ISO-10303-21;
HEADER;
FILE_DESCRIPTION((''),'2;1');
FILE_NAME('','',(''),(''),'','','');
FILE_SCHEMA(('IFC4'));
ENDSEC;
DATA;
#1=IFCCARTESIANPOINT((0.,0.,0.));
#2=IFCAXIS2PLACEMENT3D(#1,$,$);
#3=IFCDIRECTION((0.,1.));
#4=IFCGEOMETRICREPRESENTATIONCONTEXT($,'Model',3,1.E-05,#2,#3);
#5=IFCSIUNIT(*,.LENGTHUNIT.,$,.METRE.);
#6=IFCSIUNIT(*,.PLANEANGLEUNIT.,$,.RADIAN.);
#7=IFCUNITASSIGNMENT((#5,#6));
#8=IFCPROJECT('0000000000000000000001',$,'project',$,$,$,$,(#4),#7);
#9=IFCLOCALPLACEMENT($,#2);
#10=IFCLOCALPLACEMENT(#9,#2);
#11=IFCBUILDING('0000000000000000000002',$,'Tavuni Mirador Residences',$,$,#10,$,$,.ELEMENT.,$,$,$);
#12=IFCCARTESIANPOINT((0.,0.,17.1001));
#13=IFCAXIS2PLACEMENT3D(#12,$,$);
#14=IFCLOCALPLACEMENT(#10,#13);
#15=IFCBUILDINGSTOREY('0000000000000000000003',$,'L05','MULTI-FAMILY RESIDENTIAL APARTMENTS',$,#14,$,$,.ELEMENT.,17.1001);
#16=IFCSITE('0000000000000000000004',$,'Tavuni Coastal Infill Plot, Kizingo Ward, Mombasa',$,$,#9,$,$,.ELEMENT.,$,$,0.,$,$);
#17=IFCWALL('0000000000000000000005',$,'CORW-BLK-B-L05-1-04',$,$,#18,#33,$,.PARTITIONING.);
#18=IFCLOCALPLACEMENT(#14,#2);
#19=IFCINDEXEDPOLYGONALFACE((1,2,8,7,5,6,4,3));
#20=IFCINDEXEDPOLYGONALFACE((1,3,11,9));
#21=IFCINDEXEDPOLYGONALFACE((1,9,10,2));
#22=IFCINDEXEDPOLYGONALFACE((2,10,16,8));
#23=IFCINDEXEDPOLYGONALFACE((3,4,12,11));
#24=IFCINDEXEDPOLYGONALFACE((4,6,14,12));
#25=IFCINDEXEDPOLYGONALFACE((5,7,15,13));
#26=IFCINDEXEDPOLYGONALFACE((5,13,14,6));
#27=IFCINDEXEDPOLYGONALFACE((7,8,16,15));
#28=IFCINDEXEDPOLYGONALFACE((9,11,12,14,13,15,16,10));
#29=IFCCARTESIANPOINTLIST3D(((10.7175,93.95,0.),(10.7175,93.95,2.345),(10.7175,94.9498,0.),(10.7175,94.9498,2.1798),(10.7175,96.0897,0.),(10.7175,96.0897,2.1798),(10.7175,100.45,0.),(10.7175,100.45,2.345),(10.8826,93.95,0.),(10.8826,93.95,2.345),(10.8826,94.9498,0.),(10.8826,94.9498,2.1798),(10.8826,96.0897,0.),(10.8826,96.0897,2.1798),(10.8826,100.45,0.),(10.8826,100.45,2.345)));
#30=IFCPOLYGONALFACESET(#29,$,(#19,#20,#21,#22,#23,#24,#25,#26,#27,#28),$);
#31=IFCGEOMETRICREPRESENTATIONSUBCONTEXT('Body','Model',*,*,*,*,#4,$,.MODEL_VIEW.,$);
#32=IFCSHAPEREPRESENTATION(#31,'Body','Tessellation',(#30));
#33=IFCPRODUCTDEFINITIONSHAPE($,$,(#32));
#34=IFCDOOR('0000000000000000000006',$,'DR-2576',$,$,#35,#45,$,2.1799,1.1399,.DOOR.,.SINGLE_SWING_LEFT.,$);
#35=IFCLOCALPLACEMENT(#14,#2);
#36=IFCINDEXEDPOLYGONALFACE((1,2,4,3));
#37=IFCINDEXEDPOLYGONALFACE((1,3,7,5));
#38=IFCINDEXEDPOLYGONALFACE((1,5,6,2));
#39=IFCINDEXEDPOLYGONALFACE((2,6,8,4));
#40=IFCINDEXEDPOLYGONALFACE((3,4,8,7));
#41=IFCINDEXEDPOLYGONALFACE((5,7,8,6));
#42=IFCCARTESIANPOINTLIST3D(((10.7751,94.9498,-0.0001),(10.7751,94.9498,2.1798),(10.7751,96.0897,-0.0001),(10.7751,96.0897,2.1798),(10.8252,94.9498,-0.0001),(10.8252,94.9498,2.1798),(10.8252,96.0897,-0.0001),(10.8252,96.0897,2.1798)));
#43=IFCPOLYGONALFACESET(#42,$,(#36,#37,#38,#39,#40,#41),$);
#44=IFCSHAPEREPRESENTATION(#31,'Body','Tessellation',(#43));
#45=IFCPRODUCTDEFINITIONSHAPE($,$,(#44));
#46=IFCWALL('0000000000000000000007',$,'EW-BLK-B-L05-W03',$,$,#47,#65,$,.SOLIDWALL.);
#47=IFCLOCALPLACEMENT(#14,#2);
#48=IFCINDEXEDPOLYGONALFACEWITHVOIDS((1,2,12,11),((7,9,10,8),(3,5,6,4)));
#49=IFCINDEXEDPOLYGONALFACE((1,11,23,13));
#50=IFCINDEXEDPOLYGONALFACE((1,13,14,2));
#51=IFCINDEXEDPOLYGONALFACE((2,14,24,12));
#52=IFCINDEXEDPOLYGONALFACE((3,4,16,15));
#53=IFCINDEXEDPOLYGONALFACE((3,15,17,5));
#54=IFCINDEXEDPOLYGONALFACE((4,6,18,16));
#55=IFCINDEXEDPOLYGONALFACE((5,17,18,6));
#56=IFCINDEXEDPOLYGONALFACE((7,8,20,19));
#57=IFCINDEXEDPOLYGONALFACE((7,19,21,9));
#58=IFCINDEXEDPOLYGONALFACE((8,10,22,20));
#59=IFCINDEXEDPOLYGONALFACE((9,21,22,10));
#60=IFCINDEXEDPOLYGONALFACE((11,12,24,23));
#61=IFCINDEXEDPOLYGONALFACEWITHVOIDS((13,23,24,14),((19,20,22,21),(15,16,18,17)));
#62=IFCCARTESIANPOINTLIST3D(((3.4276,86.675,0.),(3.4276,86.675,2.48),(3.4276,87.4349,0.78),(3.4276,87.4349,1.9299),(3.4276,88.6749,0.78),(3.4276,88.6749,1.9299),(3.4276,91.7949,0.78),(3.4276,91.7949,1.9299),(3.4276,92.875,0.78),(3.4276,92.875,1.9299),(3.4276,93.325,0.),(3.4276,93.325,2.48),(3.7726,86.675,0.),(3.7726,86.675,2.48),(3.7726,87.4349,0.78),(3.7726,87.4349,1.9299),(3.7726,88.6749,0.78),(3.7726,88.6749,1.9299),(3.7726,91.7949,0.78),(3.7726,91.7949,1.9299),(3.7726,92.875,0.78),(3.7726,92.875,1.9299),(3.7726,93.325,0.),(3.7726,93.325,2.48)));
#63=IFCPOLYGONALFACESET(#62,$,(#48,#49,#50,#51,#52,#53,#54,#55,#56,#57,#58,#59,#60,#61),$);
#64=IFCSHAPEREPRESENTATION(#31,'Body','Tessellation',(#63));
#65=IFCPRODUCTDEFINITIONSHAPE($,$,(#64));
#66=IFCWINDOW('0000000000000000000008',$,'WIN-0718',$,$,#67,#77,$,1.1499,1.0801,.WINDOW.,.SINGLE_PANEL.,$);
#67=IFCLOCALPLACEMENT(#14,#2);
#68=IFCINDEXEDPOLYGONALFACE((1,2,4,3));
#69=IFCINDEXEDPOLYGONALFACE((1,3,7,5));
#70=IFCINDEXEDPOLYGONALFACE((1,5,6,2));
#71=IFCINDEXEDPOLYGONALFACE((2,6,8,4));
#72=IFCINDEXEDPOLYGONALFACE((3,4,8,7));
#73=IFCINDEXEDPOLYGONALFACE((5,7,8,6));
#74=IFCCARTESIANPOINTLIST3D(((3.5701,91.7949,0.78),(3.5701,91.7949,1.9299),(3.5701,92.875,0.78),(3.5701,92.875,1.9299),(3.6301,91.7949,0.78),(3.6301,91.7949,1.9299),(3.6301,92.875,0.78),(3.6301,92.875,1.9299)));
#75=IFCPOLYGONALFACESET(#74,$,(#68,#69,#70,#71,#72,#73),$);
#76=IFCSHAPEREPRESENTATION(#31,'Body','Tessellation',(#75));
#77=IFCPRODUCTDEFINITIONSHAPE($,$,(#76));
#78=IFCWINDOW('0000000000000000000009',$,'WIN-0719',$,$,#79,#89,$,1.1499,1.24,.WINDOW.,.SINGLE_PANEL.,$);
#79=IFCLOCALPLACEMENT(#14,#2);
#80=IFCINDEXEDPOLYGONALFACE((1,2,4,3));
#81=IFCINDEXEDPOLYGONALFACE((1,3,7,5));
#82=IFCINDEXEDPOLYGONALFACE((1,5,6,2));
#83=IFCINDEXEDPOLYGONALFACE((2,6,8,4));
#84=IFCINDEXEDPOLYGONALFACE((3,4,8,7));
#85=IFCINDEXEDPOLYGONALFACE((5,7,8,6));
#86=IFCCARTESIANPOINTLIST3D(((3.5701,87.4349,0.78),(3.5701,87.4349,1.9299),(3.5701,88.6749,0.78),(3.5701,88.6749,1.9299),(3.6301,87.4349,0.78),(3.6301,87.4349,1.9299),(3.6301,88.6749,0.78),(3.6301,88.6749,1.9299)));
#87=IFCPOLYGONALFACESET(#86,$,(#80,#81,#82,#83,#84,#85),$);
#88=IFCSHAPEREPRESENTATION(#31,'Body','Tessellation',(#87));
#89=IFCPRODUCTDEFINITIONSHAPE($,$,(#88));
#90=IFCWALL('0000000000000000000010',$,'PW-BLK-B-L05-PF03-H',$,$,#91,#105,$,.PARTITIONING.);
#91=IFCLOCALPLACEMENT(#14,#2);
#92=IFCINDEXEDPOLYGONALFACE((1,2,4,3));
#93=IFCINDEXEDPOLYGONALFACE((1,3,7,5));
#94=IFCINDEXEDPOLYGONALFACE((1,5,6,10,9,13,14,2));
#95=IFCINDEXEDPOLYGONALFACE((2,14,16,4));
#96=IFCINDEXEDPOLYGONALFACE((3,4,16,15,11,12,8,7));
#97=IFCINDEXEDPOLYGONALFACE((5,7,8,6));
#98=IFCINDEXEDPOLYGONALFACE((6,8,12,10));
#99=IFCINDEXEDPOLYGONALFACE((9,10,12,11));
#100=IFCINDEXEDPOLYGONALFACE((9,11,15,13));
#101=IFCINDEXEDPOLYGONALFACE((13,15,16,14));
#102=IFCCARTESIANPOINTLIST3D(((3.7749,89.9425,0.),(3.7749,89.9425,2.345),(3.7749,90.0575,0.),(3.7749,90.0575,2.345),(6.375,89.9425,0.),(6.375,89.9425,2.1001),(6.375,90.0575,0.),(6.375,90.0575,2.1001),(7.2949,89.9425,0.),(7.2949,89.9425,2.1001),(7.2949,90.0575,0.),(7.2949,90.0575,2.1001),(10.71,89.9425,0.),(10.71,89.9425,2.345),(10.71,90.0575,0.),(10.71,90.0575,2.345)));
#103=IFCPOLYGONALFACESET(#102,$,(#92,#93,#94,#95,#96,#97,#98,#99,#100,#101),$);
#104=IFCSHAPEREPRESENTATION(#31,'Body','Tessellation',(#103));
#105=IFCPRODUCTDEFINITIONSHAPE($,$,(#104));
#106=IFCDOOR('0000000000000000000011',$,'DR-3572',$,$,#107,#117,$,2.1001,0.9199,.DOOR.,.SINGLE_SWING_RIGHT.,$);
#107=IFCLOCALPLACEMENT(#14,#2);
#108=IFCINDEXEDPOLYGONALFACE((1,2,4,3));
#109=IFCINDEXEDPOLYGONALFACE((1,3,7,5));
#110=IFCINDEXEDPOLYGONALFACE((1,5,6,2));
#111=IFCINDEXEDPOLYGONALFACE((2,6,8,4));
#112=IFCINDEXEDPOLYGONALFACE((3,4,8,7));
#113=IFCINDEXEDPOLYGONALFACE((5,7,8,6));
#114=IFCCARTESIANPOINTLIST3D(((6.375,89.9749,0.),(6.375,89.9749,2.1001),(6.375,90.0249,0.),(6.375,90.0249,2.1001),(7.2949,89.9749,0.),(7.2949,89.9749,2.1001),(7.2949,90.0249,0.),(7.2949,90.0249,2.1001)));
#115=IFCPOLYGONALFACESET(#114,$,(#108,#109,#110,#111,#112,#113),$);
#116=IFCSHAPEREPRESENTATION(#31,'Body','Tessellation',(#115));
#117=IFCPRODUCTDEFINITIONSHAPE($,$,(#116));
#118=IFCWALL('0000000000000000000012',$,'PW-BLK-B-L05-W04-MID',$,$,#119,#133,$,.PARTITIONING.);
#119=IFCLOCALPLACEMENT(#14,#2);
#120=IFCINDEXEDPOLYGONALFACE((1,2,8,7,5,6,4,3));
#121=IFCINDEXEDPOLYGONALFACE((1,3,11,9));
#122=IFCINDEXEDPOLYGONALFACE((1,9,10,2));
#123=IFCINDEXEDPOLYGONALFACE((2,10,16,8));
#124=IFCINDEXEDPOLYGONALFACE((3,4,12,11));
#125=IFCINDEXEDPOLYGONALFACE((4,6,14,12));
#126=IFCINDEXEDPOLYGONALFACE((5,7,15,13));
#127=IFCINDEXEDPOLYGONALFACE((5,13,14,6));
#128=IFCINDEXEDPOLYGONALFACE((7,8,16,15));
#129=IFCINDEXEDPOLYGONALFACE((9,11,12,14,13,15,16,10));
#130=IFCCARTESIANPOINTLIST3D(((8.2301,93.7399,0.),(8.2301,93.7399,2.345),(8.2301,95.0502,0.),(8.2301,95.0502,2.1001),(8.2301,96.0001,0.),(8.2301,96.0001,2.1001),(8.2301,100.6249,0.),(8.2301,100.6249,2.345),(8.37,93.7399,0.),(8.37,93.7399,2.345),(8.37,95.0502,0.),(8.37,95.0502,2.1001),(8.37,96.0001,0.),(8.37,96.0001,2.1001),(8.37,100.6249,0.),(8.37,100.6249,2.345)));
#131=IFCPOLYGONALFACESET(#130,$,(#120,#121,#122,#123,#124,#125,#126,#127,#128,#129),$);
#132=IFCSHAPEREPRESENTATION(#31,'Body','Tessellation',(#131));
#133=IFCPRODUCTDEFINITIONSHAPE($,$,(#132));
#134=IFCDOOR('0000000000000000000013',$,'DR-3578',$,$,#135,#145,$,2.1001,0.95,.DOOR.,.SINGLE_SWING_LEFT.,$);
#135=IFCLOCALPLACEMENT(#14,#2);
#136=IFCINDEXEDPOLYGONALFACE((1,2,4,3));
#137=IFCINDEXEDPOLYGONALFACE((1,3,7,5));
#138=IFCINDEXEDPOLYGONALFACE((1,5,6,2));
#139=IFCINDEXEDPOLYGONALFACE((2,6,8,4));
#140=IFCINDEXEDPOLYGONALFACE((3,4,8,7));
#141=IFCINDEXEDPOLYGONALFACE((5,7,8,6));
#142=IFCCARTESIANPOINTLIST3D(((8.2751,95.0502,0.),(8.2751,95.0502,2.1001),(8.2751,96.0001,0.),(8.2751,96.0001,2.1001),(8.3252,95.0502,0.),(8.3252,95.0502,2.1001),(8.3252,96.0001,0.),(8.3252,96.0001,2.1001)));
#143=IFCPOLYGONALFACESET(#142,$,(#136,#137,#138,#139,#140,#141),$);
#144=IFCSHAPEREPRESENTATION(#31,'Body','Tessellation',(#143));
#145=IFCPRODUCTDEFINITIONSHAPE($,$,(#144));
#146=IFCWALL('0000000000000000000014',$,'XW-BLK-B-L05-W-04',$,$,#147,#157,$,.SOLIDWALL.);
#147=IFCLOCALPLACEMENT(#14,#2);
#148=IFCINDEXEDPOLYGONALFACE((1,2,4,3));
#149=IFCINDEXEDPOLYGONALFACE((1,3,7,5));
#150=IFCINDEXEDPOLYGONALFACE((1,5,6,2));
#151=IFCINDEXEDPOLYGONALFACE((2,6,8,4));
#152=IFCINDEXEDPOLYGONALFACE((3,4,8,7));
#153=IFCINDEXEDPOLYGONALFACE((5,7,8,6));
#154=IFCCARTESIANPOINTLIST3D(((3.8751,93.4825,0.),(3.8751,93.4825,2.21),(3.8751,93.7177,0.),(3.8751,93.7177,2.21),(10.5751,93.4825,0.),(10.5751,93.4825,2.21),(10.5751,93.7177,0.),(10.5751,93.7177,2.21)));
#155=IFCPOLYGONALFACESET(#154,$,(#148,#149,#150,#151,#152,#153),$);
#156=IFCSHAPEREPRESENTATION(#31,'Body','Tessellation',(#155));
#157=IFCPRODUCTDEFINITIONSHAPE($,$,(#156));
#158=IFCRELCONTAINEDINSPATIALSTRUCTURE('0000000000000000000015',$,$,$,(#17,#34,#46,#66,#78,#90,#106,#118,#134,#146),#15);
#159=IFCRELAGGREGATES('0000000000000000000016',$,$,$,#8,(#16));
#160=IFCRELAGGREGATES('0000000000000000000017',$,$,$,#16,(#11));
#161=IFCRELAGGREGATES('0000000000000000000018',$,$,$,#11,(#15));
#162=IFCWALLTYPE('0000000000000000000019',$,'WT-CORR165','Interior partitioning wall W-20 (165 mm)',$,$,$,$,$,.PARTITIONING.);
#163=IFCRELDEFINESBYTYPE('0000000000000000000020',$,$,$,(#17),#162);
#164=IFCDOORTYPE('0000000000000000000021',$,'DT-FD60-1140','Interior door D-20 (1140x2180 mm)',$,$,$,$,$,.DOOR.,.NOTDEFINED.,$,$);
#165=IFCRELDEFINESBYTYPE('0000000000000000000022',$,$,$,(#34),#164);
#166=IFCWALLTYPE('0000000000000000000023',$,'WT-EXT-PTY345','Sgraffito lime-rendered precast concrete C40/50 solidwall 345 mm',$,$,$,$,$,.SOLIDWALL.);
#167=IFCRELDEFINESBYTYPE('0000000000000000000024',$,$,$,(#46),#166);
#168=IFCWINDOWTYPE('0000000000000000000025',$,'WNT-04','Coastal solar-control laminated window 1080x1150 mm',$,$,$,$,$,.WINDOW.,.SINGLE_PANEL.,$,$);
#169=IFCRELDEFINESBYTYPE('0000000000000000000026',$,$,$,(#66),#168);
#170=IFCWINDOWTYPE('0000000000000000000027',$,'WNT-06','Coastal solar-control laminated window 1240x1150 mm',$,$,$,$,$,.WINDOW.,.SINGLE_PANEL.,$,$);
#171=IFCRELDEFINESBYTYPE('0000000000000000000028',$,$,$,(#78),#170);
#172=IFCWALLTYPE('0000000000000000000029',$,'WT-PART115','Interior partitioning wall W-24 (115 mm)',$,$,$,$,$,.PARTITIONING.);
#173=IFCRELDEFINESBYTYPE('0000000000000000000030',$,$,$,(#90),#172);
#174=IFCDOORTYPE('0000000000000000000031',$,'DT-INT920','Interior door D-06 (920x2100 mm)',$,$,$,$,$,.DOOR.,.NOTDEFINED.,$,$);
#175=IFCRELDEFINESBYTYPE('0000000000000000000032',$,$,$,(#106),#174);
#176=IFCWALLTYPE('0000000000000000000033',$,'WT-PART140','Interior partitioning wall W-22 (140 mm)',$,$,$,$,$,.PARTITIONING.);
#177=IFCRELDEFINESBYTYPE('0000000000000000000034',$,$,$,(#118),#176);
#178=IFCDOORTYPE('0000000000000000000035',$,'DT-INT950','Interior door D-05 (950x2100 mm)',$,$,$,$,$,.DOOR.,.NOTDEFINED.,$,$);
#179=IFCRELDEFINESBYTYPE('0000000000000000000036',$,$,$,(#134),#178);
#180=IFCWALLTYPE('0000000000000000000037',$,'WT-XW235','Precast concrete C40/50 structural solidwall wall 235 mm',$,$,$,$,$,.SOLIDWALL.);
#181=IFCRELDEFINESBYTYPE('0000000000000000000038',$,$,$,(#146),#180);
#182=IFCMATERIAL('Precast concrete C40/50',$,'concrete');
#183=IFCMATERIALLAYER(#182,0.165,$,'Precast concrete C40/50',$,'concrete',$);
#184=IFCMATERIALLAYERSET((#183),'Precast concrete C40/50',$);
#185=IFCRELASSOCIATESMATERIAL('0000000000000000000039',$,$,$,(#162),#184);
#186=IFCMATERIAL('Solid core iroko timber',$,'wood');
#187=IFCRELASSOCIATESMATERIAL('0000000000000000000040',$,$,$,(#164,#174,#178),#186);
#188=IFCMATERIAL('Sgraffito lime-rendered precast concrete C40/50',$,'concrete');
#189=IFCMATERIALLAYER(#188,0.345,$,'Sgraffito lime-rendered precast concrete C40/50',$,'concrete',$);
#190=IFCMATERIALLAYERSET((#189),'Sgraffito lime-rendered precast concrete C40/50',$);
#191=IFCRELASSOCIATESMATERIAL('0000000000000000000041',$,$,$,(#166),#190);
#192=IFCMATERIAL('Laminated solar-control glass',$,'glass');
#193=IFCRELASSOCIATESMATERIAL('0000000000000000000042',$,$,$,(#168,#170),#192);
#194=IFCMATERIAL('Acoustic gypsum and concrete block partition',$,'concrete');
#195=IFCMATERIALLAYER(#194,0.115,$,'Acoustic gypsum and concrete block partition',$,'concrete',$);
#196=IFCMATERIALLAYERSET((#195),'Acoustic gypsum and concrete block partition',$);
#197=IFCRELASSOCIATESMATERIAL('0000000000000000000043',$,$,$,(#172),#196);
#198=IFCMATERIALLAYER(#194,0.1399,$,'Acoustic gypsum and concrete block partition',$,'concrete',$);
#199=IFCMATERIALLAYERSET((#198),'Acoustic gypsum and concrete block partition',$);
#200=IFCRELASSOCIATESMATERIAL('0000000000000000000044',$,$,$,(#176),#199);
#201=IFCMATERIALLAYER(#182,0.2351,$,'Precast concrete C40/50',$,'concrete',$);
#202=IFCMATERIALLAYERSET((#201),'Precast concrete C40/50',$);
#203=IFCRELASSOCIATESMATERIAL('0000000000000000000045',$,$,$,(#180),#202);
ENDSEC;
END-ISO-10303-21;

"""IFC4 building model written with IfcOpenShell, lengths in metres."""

from ifc_helpers import new_model, si_unit, direction, frame, frame_2d, origin, place, context, subcontext, project, spatial, rectangle, extrude, material, layer, layer_set, type_object, element, fill, save


model = new_model("IFC4")

# Units and contexts
model_context = context("Model", 3, precision=1e-05, world=origin(), true_north=direction((0.0, 1.0)))
body_context = subcontext(model_context, "Body", "Model", "MODEL_VIEW")
ifc_project = project(units=[si_unit("LENGTHUNIT", "METRE"), si_unit("PLANEANGLEUNIT", "RADIAN")], contexts=[model_context])

# Site, building, storey
site_placement = place(None, origin())
site = spatial("IfcSite", under=ifc_project, at=site_placement, Name="Tavuni Coastal Infill Plot, Kizingo Ward, Mombasa", CompositionType="ELEMENT", RefElevation=0.0)
building_placement = place(site_placement, origin())
building = spatial("IfcBuilding", under=site, at=building_placement, Name="Tavuni Mirador Residences", CompositionType="ELEMENT")
storey_placement = place(building_placement, frame((0.0, 0.0, 17.1001)))
storey = spatial("IfcBuildingStorey", under=building, at=storey_placement, Name="L05", Description="MULTI-FAMILY RESIDENTIAL APARTMENTS", CompositionType="ELEMENT", Elevation=17.1001)

# Shared definitions
ifc_material_1 = material(Name="Precast concrete C40/50", Category="concrete")

# Wall, opening, door
ifc_layer_1 = layer(ifc_material_1, 0.165, Name="Precast concrete C40/50", Category="concrete")
ifc_layer_set_1 = layer_set([ifc_layer_1], Name="Precast concrete C40/50")
wall_type_1 = type_object("IfcWallType", Name="WT-CORR165", Description="Interior partitioning wall W-20 (165 mm)", PredefinedType="PARTITIONING", material=ifc_layer_set_1)
wall_1_placement = place(storey_placement, frame((10.8, 93.95, 0.0), z_axis=(0.0, 0.0, 1.0), x_axis=(0.0, 1.0, 0.0)))
wall_1 = element("IfcWall", 1, at=wall_1_placement, inside=storey, type_object=wall_type_1, Name="CORW-BLK-B-L05-1-04", PredefinedType="PARTITIONING", context=body_context, shape_type="SweptSolid", body=[
    extrude(rectangle(XDim=6.5, YDim=0.165, at=frame_2d((3.25, 0.0))), origin(), (0.0, 0.0, 1.0), 2.345),
])
opening_1_placement = place(wall_1_placement, frame((1.0, 0.0, 0.0)))
opening_1 = element("IfcOpeningElement", 2, at=opening_1_placement, cuts=wall_1, PredefinedType="OPENING", context=body_context, shape_type="SweptSolid", body=[
    extrude(rectangle(XDim=1.1399, YDim=2.1799, at=frame_2d((0.5698, 1.0898))), frame((0.0, 0.0925, 0.0), z_axis=(0.0, -1.0, 0.0), x_axis=(1.0, 0.0, 0.0)), (0.0, 0.0, 1.0), 0.1851),
])
ifc_material_2 = material(Name="Solid core iroko timber", Category="wood")
door_type_1 = type_object("IfcDoorType", Name="DT-FD60-1140", Description="Interior door D-20 (1140x2180 mm)", OperationType="NOTDEFINED", PredefinedType="DOOR", material=ifc_material_2)
door_1_placement = place(opening_1_placement, origin())
door_1 = element("IfcDoor", 3, at=door_1_placement, inside=storey, type_object=door_type_1, Name="DR-2576", OperationType="SINGLE_SWING_LEFT", OverallHeight=2.1799, OverallWidth=1.1399, PredefinedType="DOOR", context=body_context, shape_type="SweptSolid", body=[
    extrude(rectangle(XDim=1.1399, YDim=2.1799, at=frame_2d((0.5698, 1.0898))), frame((0.0, 0.0249, 0.0), z_axis=(0.0, -1.0, 0.0), x_axis=(1.0, 0.0, 0.0)), (0.0, 0.0, 1.0), 0.05),
])
fill(opening_1, door_1)

# Wall, openings, windows
ifc_material_3 = material(Name="Sgraffito lime-rendered precast concrete C40/50", Category="concrete")
ifc_layer_2 = layer(ifc_material_3, 0.345, Name="Sgraffito lime-rendered precast concrete C40/50", Category="concrete")
ifc_layer_set_2 = layer_set([ifc_layer_2], Name="Sgraffito lime-rendered precast concrete C40/50")
wall_type_2 = type_object("IfcWallType", Name="WT-EXT-PTY345", Description="Sgraffito lime-rendered precast concrete C40/50 solidwall 345 mm", PredefinedType="SOLIDWALL", material=ifc_layer_set_2)
wall_2_placement = place(storey_placement, frame((3.6001, 93.325, 0.0), z_axis=(0.0, 0.0, 1.0), x_axis=(0.0, -1.0, 0.0)))
wall_2 = element("IfcWall", 4, at=wall_2_placement, inside=storey, type_object=wall_type_2, Name="EW-BLK-B-L05-W03", PredefinedType="SOLIDWALL", context=body_context, shape_type="SweptSolid", body=[
    extrude(rectangle(XDim=6.6499, YDim=0.345, at=frame_2d((3.325, 0.0))), origin(), (0.0, 0.0, 1.0), 2.48),
])
opening_2_placement = place(wall_2_placement, frame((0.45, 0.0, 0.78)))
opening_2 = element("IfcOpeningElement", 5, at=opening_2_placement, cuts=wall_2, PredefinedType="OPENING", context=body_context, shape_type="SweptSolid", body=[
    extrude(rectangle(XDim=1.0801, YDim=1.1499, at=frame_2d((0.54, 0.575))), frame((0.0, 0.1826, 0.0), z_axis=(0.0, -1.0, 0.0), x_axis=(1.0, 0.0, 0.0)), (0.0, 0.0, 1.0), 0.365),
])
opening_3_placement = place(wall_2_placement, frame((4.6499, 0.0, 0.78)))
opening_3 = element("IfcOpeningElement", 6, at=opening_3_placement, cuts=wall_2, PredefinedType="OPENING", context=body_context, shape_type="SweptSolid", body=[
    extrude(rectangle(XDim=1.24, YDim=1.1499, at=frame_2d((0.6201, 0.575))), frame((0.0, 0.1826, 0.0), z_axis=(0.0, -1.0, 0.0), x_axis=(1.0, 0.0, 0.0)), (0.0, 0.0, 1.0), 0.365),
])
ifc_material_4 = material(Name="Laminated solar-control glass", Category="glass")
window_type_1 = type_object("IfcWindowType", Name="WNT-04", Description="Coastal solar-control laminated window 1080x1150 mm", PartitioningType="SINGLE_PANEL", PredefinedType="WINDOW", material=ifc_material_4)
window_1_placement = place(opening_2_placement, origin())
window_1 = element("IfcWindow", 7, at=window_1_placement, inside=storey, type_object=window_type_1, Name="WIN-0718", OverallHeight=1.1499, OverallWidth=1.0801, PartitioningType="SINGLE_PANEL", PredefinedType="WINDOW", context=body_context, shape_type="SweptSolid", body=[
    extrude(rectangle(XDim=1.0801, YDim=1.1499, at=frame_2d((0.54, 0.575))), frame((0.0, 0.03, 0.0), z_axis=(0.0, -1.0, 0.0), x_axis=(1.0, 0.0, 0.0)), (0.0, 0.0, 1.0), 0.0601),
])
fill(opening_2, window_1)
window_type_2 = type_object("IfcWindowType", Name="WNT-06", Description="Coastal solar-control laminated window 1240x1150 mm", PartitioningType="SINGLE_PANEL", PredefinedType="WINDOW", material=ifc_material_4)
window_2_placement = place(opening_3_placement, origin())
window_2 = element("IfcWindow", 8, at=window_2_placement, inside=storey, type_object=window_type_2, Name="WIN-0719", OverallHeight=1.1499, OverallWidth=1.24, PartitioningType="SINGLE_PANEL", PredefinedType="WINDOW", context=body_context, shape_type="SweptSolid", body=[
    extrude(rectangle(XDim=1.24, YDim=1.1499, at=frame_2d((0.6201, 0.575))), frame((0.0, 0.03, 0.0), z_axis=(0.0, -1.0, 0.0), x_axis=(1.0, 0.0, 0.0)), (0.0, 0.0, 1.0), 0.0601),
])
fill(opening_3, window_2)

# Walls, openings, doors
ifc_material_5 = material(Name="Acoustic gypsum and concrete block partition", Category="concrete")
ifc_layer_3 = layer(ifc_material_5, 0.115, Name="Acoustic gypsum and concrete block partition", Category="concrete")
ifc_layer_set_3 = layer_set([ifc_layer_3], Name="Acoustic gypsum and concrete block partition")
wall_type_3 = type_object("IfcWallType", Name="WT-PART115", Description="Interior partitioning wall W-24 (115 mm)", PredefinedType="PARTITIONING", material=ifc_layer_set_3)
wall_3_placement = place(storey_placement, frame((3.7749, 90.0, 0.0), z_axis=(0.0, 0.0, 1.0), x_axis=(1.0, 0.0, 0.0)))
wall_3 = element("IfcWall", 9, at=wall_3_placement, inside=storey, type_object=wall_type_3, Name="PW-BLK-B-L05-PF03-H", PredefinedType="PARTITIONING", context=body_context, shape_type="SweptSolid", body=[
    extrude(rectangle(XDim=6.9351, YDim=0.115, at=frame_2d((3.4675, 0.0))), origin(), (0.0, 0.0, 1.0), 2.345),
])
opening_4_placement = place(wall_3_placement, frame((2.6001, 0.0, 0.0)))
opening_4 = element("IfcOpeningElement", 10, at=opening_4_placement, cuts=wall_3, PredefinedType="OPENING", context=body_context, shape_type="SweptSolid", body=[
    extrude(rectangle(XDim=0.9199, YDim=2.1001, at=frame_2d((0.46, 1.05))), frame((0.0, 0.0674, 0.0), z_axis=(0.0, -1.0, 0.0), x_axis=(1.0, 0.0, 0.0)), (0.0, 0.0, 1.0), 0.135),
])
door_type_2 = type_object("IfcDoorType", Name="DT-INT920", Description="Interior door D-06 (920x2100 mm)", OperationType="NOTDEFINED", PredefinedType="DOOR", material=ifc_material_2)
door_2_placement = place(opening_4_placement, origin())
door_2 = element("IfcDoor", 11, at=door_2_placement, inside=storey, type_object=door_type_2, Name="DR-3572", OperationType="SINGLE_SWING_RIGHT", OverallHeight=2.1001, OverallWidth=0.9199, PredefinedType="DOOR", context=body_context, shape_type="SweptSolid", body=[
    extrude(rectangle(XDim=0.9199, YDim=2.1001, at=frame_2d((0.46, 1.05))), frame((0.0, 0.0249, 0.0), z_axis=(0.0, -1.0, 0.0), x_axis=(1.0, 0.0, 0.0)), (0.0, 0.0, 1.0), 0.05),
])
fill(opening_4, door_2)
ifc_layer_4 = layer(ifc_material_5, 0.1399, Name="Acoustic gypsum and concrete block partition", Category="concrete")
ifc_layer_set_4 = layer_set([ifc_layer_4], Name="Acoustic gypsum and concrete block partition")
wall_type_4 = type_object("IfcWallType", Name="WT-PART140", Description="Interior partitioning wall W-22 (140 mm)", PredefinedType="PARTITIONING", material=ifc_layer_set_4)
wall_4_placement = place(storey_placement, frame((8.3, 93.74, 0.0), z_axis=(0.0, 0.0, 1.0), x_axis=(0.0, 1.0, 0.0)))
wall_4 = element("IfcWall", 12, at=wall_4_placement, inside=storey, type_object=wall_type_4, Name="PW-BLK-B-L05-W04-MID", PredefinedType="PARTITIONING", context=body_context, shape_type="SweptSolid", body=[
    extrude(rectangle(XDim=6.885, YDim=0.1399, at=frame_2d((3.4424, 0.0))), origin(), (0.0, 0.0, 1.0), 2.345),
])
opening_5_placement = place(wall_4_placement, frame((1.3101, 0.0, 0.0)))
opening_5 = element("IfcOpeningElement", 13, at=opening_5_placement, cuts=wall_4, PredefinedType="OPENING", context=body_context, shape_type="SweptSolid", body=[
    extrude(rectangle(XDim=0.95, YDim=2.1001, at=frame_2d((0.4751, 1.05))), frame((0.0, 0.0801, 0.0), z_axis=(0.0, -1.0, 0.0), x_axis=(1.0, 0.0, 0.0)), (0.0, 0.0, 1.0), 0.1599),
])
door_type_3 = type_object("IfcDoorType", Name="DT-INT950", Description="Interior door D-05 (950x2100 mm)", OperationType="NOTDEFINED", PredefinedType="DOOR", material=ifc_material_2)
door_3_placement = place(opening_5_placement, origin())
door_3 = element("IfcDoor", 14, at=door_3_placement, inside=storey, type_object=door_type_3, Name="DR-3578", OperationType="SINGLE_SWING_LEFT", OverallHeight=2.1001, OverallWidth=0.95, PredefinedType="DOOR", context=body_context, shape_type="SweptSolid", body=[
    extrude(rectangle(XDim=0.95, YDim=2.1001, at=frame_2d((0.4751, 1.05))), frame((0.0, 0.0249, 0.0), z_axis=(0.0, -1.0, 0.0), x_axis=(1.0, 0.0, 0.0)), (0.0, 0.0, 1.0), 0.05),
])
fill(opening_5, door_3)

# Wall
ifc_layer_5 = layer(ifc_material_1, 0.2351, Name="Precast concrete C40/50", Category="concrete")
ifc_layer_set_5 = layer_set([ifc_layer_5], Name="Precast concrete C40/50")
wall_type_5 = type_object("IfcWallType", Name="WT-XW235", Description="Precast concrete C40/50 structural solidwall wall 235 mm", PredefinedType="SOLIDWALL", material=ifc_layer_set_5)
wall_5_placement = place(storey_placement, frame((3.875, 93.6001, 0.0), z_axis=(0.0, 0.0, 1.0), x_axis=(1.0, 0.0, 0.0)))
element("IfcWall", 15, at=wall_5_placement, inside=storey, type_object=wall_type_5, Name="XW-BLK-B-L05-W-04", PredefinedType="SOLIDWALL", context=body_context, shape_type="SweptSolid", body=[
    extrude(rectangle(XDim=6.7, YDim=0.2351, at=frame_2d((3.3501, 0.0))), origin(), (0.0, 0.0, 1.0), 2.21),
])

save(model, "model.ifc")
